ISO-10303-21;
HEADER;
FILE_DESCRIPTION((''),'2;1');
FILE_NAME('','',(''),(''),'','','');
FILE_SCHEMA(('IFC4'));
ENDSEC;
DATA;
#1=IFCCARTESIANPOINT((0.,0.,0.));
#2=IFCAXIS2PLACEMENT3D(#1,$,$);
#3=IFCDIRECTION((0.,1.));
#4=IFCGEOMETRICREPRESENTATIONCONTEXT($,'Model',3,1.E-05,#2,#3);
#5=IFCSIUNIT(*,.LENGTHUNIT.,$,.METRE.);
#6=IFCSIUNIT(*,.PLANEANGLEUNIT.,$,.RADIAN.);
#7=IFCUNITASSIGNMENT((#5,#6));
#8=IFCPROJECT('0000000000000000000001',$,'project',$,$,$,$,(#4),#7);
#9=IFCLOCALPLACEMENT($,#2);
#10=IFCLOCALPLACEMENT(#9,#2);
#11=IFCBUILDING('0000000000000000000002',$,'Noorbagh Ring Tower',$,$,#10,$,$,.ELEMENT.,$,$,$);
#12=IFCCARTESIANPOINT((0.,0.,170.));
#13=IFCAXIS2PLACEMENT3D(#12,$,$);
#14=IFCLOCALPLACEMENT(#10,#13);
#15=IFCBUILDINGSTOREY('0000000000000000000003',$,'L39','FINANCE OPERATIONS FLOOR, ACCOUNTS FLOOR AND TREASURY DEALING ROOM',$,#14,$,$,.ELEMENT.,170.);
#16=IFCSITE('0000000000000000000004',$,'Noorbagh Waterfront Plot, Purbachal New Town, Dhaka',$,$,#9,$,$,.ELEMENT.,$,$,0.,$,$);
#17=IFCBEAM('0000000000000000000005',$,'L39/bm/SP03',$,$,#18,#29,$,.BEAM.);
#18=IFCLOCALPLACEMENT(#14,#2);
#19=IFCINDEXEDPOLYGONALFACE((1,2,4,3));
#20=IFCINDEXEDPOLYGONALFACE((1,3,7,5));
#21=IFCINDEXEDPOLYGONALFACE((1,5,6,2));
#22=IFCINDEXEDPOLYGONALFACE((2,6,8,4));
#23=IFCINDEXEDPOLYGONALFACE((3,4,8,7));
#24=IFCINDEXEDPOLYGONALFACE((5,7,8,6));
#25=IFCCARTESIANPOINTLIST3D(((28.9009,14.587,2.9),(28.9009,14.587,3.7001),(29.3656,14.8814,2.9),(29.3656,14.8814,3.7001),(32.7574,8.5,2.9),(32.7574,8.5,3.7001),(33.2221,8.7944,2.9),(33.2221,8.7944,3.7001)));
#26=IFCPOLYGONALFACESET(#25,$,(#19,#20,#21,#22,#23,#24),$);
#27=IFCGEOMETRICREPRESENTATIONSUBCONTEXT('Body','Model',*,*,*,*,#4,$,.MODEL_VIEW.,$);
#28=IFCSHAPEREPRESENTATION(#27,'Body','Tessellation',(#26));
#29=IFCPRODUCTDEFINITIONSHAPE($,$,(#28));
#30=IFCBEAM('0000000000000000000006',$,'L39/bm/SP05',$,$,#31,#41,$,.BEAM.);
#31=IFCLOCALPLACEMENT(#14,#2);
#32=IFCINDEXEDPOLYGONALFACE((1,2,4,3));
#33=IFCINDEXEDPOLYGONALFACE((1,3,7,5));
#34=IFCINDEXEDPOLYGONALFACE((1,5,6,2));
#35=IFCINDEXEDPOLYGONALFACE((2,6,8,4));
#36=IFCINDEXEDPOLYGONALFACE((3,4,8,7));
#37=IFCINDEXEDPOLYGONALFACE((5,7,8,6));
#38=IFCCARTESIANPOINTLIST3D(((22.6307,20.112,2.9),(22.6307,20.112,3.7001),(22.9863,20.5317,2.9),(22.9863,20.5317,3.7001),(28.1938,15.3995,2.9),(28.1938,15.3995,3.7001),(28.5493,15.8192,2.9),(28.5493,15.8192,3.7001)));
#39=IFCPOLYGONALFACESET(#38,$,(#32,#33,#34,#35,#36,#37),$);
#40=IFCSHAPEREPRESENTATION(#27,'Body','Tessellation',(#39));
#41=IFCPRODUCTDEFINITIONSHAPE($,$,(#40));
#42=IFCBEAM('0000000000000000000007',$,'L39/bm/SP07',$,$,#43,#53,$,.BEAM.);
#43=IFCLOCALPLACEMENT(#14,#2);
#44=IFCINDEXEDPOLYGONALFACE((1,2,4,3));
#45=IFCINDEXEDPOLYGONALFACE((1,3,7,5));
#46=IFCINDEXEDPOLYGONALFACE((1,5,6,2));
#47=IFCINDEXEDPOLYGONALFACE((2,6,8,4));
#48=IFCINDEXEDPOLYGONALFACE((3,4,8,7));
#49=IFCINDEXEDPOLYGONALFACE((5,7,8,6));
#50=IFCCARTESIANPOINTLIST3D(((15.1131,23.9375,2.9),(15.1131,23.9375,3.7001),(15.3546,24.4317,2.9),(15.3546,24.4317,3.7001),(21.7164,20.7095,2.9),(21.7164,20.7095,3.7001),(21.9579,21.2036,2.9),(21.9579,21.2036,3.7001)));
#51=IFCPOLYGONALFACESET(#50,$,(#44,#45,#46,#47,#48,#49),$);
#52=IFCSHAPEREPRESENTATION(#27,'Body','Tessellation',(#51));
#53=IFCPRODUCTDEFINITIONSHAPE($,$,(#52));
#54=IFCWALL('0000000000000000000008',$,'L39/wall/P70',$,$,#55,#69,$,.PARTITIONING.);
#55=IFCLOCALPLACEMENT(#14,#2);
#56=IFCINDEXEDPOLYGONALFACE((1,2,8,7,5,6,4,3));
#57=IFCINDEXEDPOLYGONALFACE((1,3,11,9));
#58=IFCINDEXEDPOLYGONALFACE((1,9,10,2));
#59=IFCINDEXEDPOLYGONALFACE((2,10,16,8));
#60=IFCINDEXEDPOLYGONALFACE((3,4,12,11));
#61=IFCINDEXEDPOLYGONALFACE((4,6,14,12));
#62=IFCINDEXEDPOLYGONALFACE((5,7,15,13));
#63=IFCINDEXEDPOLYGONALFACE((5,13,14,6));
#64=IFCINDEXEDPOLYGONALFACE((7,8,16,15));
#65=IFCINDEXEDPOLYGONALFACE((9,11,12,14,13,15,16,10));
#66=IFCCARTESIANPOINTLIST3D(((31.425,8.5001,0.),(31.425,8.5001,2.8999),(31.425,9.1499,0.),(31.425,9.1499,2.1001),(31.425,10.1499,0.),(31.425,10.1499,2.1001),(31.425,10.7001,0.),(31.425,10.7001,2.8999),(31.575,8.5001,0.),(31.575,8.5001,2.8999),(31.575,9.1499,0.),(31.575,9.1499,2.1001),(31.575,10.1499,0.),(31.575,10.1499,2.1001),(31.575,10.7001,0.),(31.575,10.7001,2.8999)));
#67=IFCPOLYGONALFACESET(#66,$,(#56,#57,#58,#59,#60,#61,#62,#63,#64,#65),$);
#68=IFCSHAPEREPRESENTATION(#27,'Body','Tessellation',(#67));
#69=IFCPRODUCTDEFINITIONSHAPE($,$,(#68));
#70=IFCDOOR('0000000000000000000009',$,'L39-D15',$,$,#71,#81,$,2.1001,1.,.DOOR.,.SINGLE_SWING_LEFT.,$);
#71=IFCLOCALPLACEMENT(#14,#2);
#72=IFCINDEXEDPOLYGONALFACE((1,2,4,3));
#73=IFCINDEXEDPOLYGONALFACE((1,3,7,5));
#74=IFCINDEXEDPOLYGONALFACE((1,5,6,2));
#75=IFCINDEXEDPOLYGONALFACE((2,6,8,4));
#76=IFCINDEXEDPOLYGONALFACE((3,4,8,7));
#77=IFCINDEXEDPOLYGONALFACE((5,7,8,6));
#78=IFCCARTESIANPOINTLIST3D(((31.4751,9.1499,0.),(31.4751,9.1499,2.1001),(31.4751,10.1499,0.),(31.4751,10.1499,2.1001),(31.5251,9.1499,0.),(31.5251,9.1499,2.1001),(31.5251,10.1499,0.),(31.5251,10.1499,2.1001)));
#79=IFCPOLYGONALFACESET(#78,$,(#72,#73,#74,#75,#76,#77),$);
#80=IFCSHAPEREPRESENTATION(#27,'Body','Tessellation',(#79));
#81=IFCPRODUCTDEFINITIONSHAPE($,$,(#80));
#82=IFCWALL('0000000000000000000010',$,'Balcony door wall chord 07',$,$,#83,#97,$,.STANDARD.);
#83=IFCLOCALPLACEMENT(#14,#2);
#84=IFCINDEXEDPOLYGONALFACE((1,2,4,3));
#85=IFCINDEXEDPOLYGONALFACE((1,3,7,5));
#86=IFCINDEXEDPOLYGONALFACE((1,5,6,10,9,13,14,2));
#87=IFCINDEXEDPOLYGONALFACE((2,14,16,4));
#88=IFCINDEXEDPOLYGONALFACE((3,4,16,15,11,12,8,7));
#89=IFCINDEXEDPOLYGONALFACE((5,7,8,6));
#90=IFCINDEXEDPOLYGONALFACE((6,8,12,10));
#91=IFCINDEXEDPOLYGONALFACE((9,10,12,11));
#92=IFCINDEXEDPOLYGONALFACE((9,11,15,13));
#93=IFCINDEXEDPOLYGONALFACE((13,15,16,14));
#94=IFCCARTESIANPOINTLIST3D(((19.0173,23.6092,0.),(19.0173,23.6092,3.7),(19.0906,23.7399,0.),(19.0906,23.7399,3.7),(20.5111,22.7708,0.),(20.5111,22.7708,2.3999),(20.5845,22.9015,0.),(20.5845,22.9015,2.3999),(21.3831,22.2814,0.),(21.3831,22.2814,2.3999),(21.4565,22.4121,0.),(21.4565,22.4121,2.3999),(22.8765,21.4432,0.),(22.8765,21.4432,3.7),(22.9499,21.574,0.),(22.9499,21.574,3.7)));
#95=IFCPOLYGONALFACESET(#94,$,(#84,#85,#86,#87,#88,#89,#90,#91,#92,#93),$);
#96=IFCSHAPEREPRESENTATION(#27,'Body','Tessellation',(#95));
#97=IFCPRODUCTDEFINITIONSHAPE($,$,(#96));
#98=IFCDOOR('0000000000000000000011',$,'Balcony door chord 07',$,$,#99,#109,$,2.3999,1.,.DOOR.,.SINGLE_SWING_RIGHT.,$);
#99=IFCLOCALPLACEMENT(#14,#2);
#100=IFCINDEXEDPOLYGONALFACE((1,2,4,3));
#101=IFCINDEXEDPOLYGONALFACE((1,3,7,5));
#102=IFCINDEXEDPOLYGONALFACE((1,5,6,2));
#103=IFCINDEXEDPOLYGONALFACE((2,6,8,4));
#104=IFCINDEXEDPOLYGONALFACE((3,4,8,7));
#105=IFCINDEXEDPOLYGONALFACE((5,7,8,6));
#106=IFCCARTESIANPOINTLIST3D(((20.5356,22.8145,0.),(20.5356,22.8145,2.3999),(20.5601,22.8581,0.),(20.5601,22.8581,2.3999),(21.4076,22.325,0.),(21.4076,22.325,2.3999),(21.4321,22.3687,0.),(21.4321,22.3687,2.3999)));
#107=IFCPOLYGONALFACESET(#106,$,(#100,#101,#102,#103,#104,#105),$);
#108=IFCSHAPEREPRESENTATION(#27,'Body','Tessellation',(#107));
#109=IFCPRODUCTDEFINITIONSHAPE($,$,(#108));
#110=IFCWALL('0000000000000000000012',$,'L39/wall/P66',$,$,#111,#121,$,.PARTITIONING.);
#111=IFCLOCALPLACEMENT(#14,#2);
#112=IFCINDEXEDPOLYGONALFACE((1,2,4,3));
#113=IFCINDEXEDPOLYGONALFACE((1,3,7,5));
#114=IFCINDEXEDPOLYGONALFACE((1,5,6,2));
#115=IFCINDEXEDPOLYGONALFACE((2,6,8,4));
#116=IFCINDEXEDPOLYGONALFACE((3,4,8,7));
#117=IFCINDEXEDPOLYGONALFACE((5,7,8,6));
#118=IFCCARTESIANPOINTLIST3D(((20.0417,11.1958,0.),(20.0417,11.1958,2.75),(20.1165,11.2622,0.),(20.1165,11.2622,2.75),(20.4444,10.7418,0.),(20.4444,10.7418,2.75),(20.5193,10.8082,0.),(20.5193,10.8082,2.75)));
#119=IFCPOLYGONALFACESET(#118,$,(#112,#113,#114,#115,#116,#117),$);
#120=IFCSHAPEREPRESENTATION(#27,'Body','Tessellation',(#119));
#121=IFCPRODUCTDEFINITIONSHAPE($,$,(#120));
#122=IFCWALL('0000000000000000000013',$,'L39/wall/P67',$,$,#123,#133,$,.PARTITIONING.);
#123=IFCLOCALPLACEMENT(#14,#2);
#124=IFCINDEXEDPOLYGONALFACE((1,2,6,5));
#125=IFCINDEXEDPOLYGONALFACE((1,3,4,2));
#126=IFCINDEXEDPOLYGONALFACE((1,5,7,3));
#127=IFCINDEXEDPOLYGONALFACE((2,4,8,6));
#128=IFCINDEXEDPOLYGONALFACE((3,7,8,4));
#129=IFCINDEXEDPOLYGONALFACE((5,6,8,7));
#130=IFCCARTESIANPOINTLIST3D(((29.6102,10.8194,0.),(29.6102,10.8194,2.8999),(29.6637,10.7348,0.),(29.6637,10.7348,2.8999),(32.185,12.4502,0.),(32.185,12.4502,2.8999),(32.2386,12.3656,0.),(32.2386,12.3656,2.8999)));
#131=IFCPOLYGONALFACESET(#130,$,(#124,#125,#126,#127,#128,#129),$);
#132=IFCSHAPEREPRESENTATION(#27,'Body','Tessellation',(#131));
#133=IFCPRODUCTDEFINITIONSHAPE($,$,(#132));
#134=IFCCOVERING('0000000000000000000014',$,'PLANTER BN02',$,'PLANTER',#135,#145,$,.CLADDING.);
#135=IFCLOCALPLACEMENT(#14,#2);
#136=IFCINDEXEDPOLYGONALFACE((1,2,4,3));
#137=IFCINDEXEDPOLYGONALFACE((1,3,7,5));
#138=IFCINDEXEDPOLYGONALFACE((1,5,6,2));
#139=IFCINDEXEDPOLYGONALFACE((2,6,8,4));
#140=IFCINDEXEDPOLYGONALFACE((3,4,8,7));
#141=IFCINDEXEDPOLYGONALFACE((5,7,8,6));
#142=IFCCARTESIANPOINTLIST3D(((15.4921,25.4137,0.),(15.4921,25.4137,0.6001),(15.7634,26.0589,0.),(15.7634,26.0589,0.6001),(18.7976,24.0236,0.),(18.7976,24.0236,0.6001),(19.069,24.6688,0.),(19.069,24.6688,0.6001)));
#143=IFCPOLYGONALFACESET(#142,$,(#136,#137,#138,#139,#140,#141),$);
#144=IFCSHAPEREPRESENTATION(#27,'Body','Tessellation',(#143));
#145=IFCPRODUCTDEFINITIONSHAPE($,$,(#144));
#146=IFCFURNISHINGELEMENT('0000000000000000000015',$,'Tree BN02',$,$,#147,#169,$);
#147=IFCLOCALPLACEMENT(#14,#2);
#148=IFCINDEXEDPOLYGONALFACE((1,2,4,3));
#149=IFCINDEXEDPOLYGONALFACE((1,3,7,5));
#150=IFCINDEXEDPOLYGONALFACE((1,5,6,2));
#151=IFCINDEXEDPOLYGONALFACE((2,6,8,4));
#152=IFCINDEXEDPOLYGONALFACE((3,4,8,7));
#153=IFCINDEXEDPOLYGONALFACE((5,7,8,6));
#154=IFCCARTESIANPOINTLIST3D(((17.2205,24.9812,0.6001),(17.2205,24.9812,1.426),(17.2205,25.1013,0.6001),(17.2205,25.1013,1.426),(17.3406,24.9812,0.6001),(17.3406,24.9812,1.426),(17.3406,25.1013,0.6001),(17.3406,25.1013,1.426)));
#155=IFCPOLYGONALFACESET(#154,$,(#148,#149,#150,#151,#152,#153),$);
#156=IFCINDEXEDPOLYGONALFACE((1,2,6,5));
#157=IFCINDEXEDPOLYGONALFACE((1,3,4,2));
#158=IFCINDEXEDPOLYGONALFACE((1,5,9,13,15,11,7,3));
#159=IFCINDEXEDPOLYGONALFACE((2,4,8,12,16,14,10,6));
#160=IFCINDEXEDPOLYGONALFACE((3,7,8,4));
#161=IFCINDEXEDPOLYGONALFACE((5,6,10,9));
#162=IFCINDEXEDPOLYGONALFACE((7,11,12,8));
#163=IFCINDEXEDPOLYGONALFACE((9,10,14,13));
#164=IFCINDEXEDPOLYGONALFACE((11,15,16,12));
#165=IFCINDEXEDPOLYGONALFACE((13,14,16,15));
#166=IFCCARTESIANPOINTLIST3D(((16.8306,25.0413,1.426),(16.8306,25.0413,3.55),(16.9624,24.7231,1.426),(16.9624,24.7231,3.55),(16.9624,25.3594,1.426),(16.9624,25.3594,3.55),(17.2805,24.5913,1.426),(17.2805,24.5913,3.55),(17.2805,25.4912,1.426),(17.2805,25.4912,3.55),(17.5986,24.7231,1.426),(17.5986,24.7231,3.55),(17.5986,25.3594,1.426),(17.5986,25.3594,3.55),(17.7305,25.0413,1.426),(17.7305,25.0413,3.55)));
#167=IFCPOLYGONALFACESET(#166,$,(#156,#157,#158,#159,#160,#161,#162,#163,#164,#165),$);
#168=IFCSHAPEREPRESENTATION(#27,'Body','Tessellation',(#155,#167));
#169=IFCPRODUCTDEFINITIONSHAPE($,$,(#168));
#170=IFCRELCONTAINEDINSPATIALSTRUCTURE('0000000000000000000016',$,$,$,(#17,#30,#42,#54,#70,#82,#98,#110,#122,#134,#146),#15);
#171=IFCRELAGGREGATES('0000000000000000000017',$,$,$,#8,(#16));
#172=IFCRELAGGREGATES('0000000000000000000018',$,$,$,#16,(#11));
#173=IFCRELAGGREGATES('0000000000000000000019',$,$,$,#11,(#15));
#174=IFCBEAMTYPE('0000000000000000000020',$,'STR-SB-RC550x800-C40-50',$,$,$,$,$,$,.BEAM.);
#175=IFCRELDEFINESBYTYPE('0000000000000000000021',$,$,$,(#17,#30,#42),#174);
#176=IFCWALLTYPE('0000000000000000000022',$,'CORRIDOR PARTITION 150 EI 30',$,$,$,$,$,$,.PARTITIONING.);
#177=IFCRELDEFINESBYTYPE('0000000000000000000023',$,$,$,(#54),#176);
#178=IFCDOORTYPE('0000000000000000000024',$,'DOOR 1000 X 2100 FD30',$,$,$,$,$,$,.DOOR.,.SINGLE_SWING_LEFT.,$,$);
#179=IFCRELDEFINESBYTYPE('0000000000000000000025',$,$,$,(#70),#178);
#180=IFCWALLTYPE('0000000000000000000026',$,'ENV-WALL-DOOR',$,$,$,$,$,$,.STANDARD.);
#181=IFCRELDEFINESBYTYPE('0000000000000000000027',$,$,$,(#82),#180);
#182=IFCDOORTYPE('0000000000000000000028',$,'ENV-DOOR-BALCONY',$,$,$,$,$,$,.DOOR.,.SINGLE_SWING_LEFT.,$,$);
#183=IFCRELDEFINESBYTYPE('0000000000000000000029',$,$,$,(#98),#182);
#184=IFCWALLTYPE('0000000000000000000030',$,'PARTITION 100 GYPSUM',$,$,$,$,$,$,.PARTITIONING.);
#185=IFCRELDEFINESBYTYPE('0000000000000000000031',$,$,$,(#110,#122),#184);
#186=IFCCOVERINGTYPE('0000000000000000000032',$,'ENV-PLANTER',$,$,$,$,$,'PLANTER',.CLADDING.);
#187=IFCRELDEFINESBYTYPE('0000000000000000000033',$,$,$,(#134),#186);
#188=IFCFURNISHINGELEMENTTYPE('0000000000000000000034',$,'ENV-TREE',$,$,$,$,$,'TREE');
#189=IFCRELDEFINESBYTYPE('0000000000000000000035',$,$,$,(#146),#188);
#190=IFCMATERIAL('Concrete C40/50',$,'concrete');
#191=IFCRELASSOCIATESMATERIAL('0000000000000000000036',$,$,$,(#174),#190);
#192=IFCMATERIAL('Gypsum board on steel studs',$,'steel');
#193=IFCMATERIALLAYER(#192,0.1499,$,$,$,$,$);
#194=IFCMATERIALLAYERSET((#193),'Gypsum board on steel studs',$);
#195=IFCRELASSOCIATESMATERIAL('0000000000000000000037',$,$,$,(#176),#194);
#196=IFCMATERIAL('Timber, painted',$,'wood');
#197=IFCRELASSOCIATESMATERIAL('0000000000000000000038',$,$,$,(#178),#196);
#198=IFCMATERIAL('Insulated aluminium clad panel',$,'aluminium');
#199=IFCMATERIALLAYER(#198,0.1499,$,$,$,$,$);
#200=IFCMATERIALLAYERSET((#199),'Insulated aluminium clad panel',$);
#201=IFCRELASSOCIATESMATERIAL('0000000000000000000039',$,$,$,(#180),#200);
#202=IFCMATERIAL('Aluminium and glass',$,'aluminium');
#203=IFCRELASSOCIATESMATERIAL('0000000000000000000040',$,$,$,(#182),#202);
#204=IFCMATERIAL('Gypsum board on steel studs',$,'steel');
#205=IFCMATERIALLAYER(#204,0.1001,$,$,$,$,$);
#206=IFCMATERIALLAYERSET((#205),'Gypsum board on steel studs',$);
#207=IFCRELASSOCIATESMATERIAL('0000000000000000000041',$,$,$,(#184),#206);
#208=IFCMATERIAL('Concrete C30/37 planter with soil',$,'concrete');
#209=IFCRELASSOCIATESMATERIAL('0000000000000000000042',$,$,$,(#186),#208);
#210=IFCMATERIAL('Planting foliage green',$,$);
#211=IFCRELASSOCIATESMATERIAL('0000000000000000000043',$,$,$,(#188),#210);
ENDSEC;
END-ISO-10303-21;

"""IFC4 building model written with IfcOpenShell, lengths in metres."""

from ifc_helpers import new_model, si_unit, direction, frame, frame_2d, origin, origin_2d, place, context, subcontext, project, spatial, polyline, rectangle, outline, extrude, material, layer, layer_set, material_profile, profile_set, type_object, element, fill, save


model = new_model("IFC4")

# Units and contexts
model_context = context("Model", 3, precision=1e-05, world=origin(), true_north=direction((0.0, 1.0)))
body_context = subcontext(model_context, "Body", "Model", "MODEL_VIEW")
ifc_project = project(units=[si_unit("LENGTHUNIT", "METRE"), si_unit("PLANEANGLEUNIT", "RADIAN")], contexts=[model_context])

# Site, building, storey
site_placement = place(None, origin())
site = spatial("IfcSite", under=ifc_project, at=site_placement, Name="Noorbagh Waterfront Plot, Purbachal New Town, Dhaka", CompositionType="ELEMENT", RefElevation=0.0)
building_placement = place(site_placement, origin())
building = spatial("IfcBuilding", under=site, at=building_placement, Name="Noorbagh Ring Tower", CompositionType="ELEMENT")
storey_placement = place(building_placement, frame((0.0, 0.0, 170.0)))
storey = spatial("IfcBuildingStorey", under=building, at=storey_placement, Name="L39", Description="FINANCE OPERATIONS FLOOR, ACCOUNTS FLOOR AND TREASURY DEALING ROOM", CompositionType="ELEMENT", Elevation=170.0)

# Beams
ifc_material_1 = material(Name="Concrete C40/50", Category="concrete")
ifc_material_profile_1 = material_profile(ifc_material_1, rectangle(XDim=0.55, YDim=0.8, at=origin_2d()), Name="RC550x800")
ifc_profile_set_1 = profile_set([ifc_material_profile_1], Name="Concrete C40/50")
beam_type_1 = type_object("IfcBeamType", Name="STR-SB-RC550x800-C40-50", PredefinedType="BEAM", material=ifc_profile_set_1)
beam_1_placement = place(storey_placement, frame((32.9897, 8.6472, 3.3), z_axis=(-0.535191, 0.844731, 0.0), x_axis=(-0.844731, -0.535191, 0.0)))
element("IfcBeam", 1, at=beam_1_placement, inside=storey, type_object=beam_type_1, Name="L39/bm/SP03", PredefinedType="BEAM", context=body_context, shape_type="SweptSolid", body=[
    extrude(rectangle(XDim=0.55, YDim=0.8, at=origin_2d()), origin(), (0.0, 0.0, 1.0), 7.2058),
])
beam_2_placement = place(storey_placement, frame((28.3716, 15.6094, 3.3), z_axis=(-0.763031, 0.646362, 0.0), x_axis=(-0.646362, -0.763031, 0.0)))
element("IfcBeam", 2, at=beam_2_placement, inside=storey, type_object=beam_type_1, Name="L39/bm/SP05", PredefinedType="BEAM", context=body_context, shape_type="SweptSolid", body=[
    extrude(rectangle(XDim=0.55, YDim=0.8, at=origin_2d()), origin(), (0.0, 0.0, 1.0), 7.2908),
])
beam_3_placement = place(storey_placement, frame((21.8372, 20.9565, 3.3), z_axis=(-0.898397, 0.439184, 0.0), x_axis=(-0.439184, -0.898397, 0.0)))
element("IfcBeam", 3, at=beam_3_placement, inside=storey, type_object=beam_type_1, Name="L39/bm/SP07", PredefinedType="BEAM", context=body_context, shape_type="SweptSolid", body=[
    extrude(rectangle(XDim=0.55, YDim=0.8, at=origin_2d()), origin(), (0.0, 0.0, 1.0), 7.3501),
])

# Walls, openings, doors
ifc_material_2 = material(Name="Gypsum board on steel studs", Category="steel")
ifc_layer_1 = layer(ifc_material_2, 0.1499)
ifc_layer_set_1 = layer_set([ifc_layer_1], Name="Gypsum board on steel studs")
wall_type_1 = type_object("IfcWallType", Name="CORRIDOR PARTITION 150 EI 30", PredefinedType="PARTITIONING", material=ifc_layer_set_1)
wall_1_placement = place(storey_placement, frame((31.5, 8.5, 0.0), z_axis=(0.0, 0.0, 1.0), x_axis=(0.0, 1.0, 0.0)))
wall_1 = element("IfcWall", 4, at=wall_1_placement, inside=storey, type_object=wall_type_1, Name="L39/wall/P70", PredefinedType="PARTITIONING", context=body_context, shape_type="SweptSolid", body=[
    extrude(rectangle(XDim=2.2, YDim=0.1499, at=frame_2d((1.1001, 0.0))), origin(), (0.0, 0.0, 1.0), 2.8999),
])
opening_1_placement = place(wall_1_placement, frame((0.6499, 0.0, 0.0)))
opening_1 = element("IfcOpeningElement", 5, at=opening_1_placement, cuts=wall_1, PredefinedType="OPENING", context=body_context, shape_type="SweptSolid", body=[
    extrude(rectangle(XDim=1.0, YDim=2.1001, at=frame_2d((0.5, 1.05))), frame((0.0, 0.085, 0.0), z_axis=(0.0, -1.0, 0.0), x_axis=(1.0, 0.0, 0.0)), (0.0, 0.0, 1.0), 0.1699),
])
ifc_material_3 = material(Name="Timber, painted", Category="wood")
door_type_1 = type_object("IfcDoorType", Name="DOOR 1000 X 2100 FD30", OperationType="SINGLE_SWING_LEFT", PredefinedType="DOOR", material=ifc_material_3)
door_1_placement = place(opening_1_placement, origin())
door_1 = element("IfcDoor", 6, at=door_1_placement, inside=storey, type_object=door_type_1, Name="L39-D15", OperationType="SINGLE_SWING_LEFT", OverallHeight=2.1001, OverallWidth=1.0, PredefinedType="DOOR", context=body_context, shape_type="SweptSolid", body=[
    extrude(rectangle(XDim=1.0, YDim=2.1001, at=frame_2d((0.5, 1.05))), frame((0.0, 0.0249, 0.0), z_axis=(0.0, -1.0, 0.0), x_axis=(1.0, 0.0, 0.0)), (0.0, 0.0, 1.0), 0.05),
])
fill(opening_1, door_1)
ifc_material_4 = material(Name="Insulated aluminium clad panel", Category="aluminium")
ifc_layer_2 = layer(ifc_material_4, 0.1499)
ifc_layer_set_2 = layer_set([ifc_layer_2], Name="Insulated aluminium clad panel")
wall_type_2 = type_object("IfcWallType", Name="ENV-WALL-DOOR", PredefinedType="STANDARD", material=ifc_layer_set_2)
wall_2_placement = place(storey_placement, frame((22.9133, 21.5085, 0.0), z_axis=(0.0, 0.0, 1.0), x_axis=(-0.872047, 0.489423, 0.0)))
wall_2 = element("IfcWall", 7, at=wall_2_placement, inside=storey, type_object=wall_type_2, Name="Balcony door wall chord 07", PredefinedType="STANDARD", context=body_context, shape_type="SweptSolid", body=[
    extrude(rectangle(XDim=4.4255, YDim=0.1499, at=frame_2d((2.2129, 0.0))), origin(), (0.0, 0.0, 1.0), 3.7),
])
opening_2_placement = place(wall_2_placement, frame((1.7126, 0.0, 0.0)))
opening_2 = element("IfcOpeningElement", 8, at=opening_2_placement, cuts=wall_2, PredefinedType="OPENING", context=body_context, shape_type="SweptSolid", body=[
    extrude(rectangle(XDim=1.0, YDim=2.3999, at=frame_2d((0.5, 1.2))), frame((0.0, 0.085, 0.0), z_axis=(0.0, -1.0, 0.0), x_axis=(1.0, 0.0, 0.0)), (0.0, 0.0, 1.0), 0.1699),
])
ifc_material_5 = material(Name="Aluminium and glass", Category="aluminium")
door_type_2 = type_object("IfcDoorType", Name="ENV-DOOR-BALCONY", OperationType="SINGLE_SWING_LEFT", PredefinedType="DOOR", material=ifc_material_5)
door_2_placement = place(opening_2_placement, origin())
door_2 = element("IfcDoor", 9, at=door_2_placement, inside=storey, type_object=door_type_2, Name="Balcony door chord 07", OperationType="SINGLE_SWING_RIGHT", OverallHeight=2.3999, OverallWidth=1.0, PredefinedType="DOOR", context=body_context, shape_type="SweptSolid", body=[
    extrude(rectangle(XDim=1.0, YDim=2.3999, at=frame_2d((0.5, 1.2))), frame((0.0, 0.0249, 0.0), z_axis=(0.0, -1.0, 0.0), x_axis=(1.0, 0.0, 0.0)), (0.0, 0.0, 1.0), 0.05),
])
fill(opening_2, door_2)

# Walls
ifc_material_6 = material(Name="Gypsum board on steel studs", Category="steel")
ifc_layer_3 = layer(ifc_material_6, 0.1001)
ifc_layer_set_3 = layer_set([ifc_layer_3], Name="Gypsum board on steel studs")
wall_type_3 = type_object("IfcWallType", Name="PARTITION 100 GYPSUM", PredefinedType="PARTITIONING", material=ifc_layer_set_3)
wall_3_placement = place(storey_placement, frame((20.0791, 11.229, 0.0), z_axis=(0.0, 0.0, 1.0), x_axis=(0.663615, -0.748075, 0.0)))
element("IfcWall", 10, at=wall_3_placement, inside=storey, type_object=wall_type_3, Name="L39/wall/P66", PredefinedType="PARTITIONING", context=body_context, shape_type="SweptSolid", body=[
    extrude(rectangle(XDim=0.6069, YDim=0.1001, at=frame_2d((0.3035, 0.0))), origin(), (0.0, 0.0, 1.0), 2.75),
])
wall_4_placement = place(storey_placement, frame((29.637, 10.7771, 0.0), z_axis=(0.0, 0.0, 1.0), x_axis=(0.844811, 0.535065, 0.0)))
element("IfcWall", 11, at=wall_4_placement, inside=storey, type_object=wall_type_3, Name="L39/wall/P67", PredefinedType="PARTITIONING", context=body_context, shape_type="SweptSolid", body=[
    extrude(rectangle(XDim=3.0479, YDim=0.1001, at=frame_2d((1.5239, 0.0))), origin(), (0.0, 0.0, 1.0), 2.8999),
])

# Covering
ifc_material_7 = material(Name="Concrete C30/37 planter with soil", Category="concrete")
covering_type = type_object("IfcCoveringType", Name="ENV-PLANTER", ElementType="PLANTER", PredefinedType="CLADDING", material=ifc_material_7)
covering_placement = place(storey_placement, frame((17.2805, 25.0413, 0.0), z_axis=(0.0, 0.0, 1.0), x_axis=(-0.921812, 0.387638, 0.0)))
element("IfcCovering", 12, at=covering_placement, inside=storey, type_object=covering_type, Name="PLANTER BN02", ObjectType="PLANTER", PredefinedType="CLADDING", context=body_context, shape_type="SweptSolid", body=[
    extrude(rectangle(XDim=3.5859, YDim=0.7, at=origin_2d()), origin(), (0.0, 0.0, 1.0), 0.6001),
])

# Furnishing element
ifc_material_8 = material(Name="Planting foliage green")
furnishing_element_type = type_object("IfcFurnishingElementType", Name="ENV-TREE", ElementType="TREE", material=ifc_material_8)
furnishing_placement = place(storey_placement, frame((17.2805, 25.0413, 0.6001), z_axis=(0.0, 0.0, 1.0), x_axis=(1.0, 0.0, 0.0)))
element("IfcFurnishingElement", 13, at=furnishing_placement, inside=storey, type_object=furnishing_element_type, Name="Tree BN02", context=body_context, shape_type="SweptSolid", body=[
    extrude(rectangle(XDim=0.1201, YDim=0.1201, at=origin_2d()), origin(), (0.0, 0.0, 1.0), 0.8259),
    extrude(outline(polyline([(0.45, 0.0), (0.3181, 0.3181), (0.0, 0.45), (-0.3181, 0.3181), (-0.45, 0.0), (-0.3181, -0.3181), (0.0, -0.45), (0.3181, -0.3181), (0.45, 0.0)])), frame((0.0, 0.0, 0.8259)), (0.0, 0.0, 1.0), 2.124),
])

save(model, "model.ifc")
